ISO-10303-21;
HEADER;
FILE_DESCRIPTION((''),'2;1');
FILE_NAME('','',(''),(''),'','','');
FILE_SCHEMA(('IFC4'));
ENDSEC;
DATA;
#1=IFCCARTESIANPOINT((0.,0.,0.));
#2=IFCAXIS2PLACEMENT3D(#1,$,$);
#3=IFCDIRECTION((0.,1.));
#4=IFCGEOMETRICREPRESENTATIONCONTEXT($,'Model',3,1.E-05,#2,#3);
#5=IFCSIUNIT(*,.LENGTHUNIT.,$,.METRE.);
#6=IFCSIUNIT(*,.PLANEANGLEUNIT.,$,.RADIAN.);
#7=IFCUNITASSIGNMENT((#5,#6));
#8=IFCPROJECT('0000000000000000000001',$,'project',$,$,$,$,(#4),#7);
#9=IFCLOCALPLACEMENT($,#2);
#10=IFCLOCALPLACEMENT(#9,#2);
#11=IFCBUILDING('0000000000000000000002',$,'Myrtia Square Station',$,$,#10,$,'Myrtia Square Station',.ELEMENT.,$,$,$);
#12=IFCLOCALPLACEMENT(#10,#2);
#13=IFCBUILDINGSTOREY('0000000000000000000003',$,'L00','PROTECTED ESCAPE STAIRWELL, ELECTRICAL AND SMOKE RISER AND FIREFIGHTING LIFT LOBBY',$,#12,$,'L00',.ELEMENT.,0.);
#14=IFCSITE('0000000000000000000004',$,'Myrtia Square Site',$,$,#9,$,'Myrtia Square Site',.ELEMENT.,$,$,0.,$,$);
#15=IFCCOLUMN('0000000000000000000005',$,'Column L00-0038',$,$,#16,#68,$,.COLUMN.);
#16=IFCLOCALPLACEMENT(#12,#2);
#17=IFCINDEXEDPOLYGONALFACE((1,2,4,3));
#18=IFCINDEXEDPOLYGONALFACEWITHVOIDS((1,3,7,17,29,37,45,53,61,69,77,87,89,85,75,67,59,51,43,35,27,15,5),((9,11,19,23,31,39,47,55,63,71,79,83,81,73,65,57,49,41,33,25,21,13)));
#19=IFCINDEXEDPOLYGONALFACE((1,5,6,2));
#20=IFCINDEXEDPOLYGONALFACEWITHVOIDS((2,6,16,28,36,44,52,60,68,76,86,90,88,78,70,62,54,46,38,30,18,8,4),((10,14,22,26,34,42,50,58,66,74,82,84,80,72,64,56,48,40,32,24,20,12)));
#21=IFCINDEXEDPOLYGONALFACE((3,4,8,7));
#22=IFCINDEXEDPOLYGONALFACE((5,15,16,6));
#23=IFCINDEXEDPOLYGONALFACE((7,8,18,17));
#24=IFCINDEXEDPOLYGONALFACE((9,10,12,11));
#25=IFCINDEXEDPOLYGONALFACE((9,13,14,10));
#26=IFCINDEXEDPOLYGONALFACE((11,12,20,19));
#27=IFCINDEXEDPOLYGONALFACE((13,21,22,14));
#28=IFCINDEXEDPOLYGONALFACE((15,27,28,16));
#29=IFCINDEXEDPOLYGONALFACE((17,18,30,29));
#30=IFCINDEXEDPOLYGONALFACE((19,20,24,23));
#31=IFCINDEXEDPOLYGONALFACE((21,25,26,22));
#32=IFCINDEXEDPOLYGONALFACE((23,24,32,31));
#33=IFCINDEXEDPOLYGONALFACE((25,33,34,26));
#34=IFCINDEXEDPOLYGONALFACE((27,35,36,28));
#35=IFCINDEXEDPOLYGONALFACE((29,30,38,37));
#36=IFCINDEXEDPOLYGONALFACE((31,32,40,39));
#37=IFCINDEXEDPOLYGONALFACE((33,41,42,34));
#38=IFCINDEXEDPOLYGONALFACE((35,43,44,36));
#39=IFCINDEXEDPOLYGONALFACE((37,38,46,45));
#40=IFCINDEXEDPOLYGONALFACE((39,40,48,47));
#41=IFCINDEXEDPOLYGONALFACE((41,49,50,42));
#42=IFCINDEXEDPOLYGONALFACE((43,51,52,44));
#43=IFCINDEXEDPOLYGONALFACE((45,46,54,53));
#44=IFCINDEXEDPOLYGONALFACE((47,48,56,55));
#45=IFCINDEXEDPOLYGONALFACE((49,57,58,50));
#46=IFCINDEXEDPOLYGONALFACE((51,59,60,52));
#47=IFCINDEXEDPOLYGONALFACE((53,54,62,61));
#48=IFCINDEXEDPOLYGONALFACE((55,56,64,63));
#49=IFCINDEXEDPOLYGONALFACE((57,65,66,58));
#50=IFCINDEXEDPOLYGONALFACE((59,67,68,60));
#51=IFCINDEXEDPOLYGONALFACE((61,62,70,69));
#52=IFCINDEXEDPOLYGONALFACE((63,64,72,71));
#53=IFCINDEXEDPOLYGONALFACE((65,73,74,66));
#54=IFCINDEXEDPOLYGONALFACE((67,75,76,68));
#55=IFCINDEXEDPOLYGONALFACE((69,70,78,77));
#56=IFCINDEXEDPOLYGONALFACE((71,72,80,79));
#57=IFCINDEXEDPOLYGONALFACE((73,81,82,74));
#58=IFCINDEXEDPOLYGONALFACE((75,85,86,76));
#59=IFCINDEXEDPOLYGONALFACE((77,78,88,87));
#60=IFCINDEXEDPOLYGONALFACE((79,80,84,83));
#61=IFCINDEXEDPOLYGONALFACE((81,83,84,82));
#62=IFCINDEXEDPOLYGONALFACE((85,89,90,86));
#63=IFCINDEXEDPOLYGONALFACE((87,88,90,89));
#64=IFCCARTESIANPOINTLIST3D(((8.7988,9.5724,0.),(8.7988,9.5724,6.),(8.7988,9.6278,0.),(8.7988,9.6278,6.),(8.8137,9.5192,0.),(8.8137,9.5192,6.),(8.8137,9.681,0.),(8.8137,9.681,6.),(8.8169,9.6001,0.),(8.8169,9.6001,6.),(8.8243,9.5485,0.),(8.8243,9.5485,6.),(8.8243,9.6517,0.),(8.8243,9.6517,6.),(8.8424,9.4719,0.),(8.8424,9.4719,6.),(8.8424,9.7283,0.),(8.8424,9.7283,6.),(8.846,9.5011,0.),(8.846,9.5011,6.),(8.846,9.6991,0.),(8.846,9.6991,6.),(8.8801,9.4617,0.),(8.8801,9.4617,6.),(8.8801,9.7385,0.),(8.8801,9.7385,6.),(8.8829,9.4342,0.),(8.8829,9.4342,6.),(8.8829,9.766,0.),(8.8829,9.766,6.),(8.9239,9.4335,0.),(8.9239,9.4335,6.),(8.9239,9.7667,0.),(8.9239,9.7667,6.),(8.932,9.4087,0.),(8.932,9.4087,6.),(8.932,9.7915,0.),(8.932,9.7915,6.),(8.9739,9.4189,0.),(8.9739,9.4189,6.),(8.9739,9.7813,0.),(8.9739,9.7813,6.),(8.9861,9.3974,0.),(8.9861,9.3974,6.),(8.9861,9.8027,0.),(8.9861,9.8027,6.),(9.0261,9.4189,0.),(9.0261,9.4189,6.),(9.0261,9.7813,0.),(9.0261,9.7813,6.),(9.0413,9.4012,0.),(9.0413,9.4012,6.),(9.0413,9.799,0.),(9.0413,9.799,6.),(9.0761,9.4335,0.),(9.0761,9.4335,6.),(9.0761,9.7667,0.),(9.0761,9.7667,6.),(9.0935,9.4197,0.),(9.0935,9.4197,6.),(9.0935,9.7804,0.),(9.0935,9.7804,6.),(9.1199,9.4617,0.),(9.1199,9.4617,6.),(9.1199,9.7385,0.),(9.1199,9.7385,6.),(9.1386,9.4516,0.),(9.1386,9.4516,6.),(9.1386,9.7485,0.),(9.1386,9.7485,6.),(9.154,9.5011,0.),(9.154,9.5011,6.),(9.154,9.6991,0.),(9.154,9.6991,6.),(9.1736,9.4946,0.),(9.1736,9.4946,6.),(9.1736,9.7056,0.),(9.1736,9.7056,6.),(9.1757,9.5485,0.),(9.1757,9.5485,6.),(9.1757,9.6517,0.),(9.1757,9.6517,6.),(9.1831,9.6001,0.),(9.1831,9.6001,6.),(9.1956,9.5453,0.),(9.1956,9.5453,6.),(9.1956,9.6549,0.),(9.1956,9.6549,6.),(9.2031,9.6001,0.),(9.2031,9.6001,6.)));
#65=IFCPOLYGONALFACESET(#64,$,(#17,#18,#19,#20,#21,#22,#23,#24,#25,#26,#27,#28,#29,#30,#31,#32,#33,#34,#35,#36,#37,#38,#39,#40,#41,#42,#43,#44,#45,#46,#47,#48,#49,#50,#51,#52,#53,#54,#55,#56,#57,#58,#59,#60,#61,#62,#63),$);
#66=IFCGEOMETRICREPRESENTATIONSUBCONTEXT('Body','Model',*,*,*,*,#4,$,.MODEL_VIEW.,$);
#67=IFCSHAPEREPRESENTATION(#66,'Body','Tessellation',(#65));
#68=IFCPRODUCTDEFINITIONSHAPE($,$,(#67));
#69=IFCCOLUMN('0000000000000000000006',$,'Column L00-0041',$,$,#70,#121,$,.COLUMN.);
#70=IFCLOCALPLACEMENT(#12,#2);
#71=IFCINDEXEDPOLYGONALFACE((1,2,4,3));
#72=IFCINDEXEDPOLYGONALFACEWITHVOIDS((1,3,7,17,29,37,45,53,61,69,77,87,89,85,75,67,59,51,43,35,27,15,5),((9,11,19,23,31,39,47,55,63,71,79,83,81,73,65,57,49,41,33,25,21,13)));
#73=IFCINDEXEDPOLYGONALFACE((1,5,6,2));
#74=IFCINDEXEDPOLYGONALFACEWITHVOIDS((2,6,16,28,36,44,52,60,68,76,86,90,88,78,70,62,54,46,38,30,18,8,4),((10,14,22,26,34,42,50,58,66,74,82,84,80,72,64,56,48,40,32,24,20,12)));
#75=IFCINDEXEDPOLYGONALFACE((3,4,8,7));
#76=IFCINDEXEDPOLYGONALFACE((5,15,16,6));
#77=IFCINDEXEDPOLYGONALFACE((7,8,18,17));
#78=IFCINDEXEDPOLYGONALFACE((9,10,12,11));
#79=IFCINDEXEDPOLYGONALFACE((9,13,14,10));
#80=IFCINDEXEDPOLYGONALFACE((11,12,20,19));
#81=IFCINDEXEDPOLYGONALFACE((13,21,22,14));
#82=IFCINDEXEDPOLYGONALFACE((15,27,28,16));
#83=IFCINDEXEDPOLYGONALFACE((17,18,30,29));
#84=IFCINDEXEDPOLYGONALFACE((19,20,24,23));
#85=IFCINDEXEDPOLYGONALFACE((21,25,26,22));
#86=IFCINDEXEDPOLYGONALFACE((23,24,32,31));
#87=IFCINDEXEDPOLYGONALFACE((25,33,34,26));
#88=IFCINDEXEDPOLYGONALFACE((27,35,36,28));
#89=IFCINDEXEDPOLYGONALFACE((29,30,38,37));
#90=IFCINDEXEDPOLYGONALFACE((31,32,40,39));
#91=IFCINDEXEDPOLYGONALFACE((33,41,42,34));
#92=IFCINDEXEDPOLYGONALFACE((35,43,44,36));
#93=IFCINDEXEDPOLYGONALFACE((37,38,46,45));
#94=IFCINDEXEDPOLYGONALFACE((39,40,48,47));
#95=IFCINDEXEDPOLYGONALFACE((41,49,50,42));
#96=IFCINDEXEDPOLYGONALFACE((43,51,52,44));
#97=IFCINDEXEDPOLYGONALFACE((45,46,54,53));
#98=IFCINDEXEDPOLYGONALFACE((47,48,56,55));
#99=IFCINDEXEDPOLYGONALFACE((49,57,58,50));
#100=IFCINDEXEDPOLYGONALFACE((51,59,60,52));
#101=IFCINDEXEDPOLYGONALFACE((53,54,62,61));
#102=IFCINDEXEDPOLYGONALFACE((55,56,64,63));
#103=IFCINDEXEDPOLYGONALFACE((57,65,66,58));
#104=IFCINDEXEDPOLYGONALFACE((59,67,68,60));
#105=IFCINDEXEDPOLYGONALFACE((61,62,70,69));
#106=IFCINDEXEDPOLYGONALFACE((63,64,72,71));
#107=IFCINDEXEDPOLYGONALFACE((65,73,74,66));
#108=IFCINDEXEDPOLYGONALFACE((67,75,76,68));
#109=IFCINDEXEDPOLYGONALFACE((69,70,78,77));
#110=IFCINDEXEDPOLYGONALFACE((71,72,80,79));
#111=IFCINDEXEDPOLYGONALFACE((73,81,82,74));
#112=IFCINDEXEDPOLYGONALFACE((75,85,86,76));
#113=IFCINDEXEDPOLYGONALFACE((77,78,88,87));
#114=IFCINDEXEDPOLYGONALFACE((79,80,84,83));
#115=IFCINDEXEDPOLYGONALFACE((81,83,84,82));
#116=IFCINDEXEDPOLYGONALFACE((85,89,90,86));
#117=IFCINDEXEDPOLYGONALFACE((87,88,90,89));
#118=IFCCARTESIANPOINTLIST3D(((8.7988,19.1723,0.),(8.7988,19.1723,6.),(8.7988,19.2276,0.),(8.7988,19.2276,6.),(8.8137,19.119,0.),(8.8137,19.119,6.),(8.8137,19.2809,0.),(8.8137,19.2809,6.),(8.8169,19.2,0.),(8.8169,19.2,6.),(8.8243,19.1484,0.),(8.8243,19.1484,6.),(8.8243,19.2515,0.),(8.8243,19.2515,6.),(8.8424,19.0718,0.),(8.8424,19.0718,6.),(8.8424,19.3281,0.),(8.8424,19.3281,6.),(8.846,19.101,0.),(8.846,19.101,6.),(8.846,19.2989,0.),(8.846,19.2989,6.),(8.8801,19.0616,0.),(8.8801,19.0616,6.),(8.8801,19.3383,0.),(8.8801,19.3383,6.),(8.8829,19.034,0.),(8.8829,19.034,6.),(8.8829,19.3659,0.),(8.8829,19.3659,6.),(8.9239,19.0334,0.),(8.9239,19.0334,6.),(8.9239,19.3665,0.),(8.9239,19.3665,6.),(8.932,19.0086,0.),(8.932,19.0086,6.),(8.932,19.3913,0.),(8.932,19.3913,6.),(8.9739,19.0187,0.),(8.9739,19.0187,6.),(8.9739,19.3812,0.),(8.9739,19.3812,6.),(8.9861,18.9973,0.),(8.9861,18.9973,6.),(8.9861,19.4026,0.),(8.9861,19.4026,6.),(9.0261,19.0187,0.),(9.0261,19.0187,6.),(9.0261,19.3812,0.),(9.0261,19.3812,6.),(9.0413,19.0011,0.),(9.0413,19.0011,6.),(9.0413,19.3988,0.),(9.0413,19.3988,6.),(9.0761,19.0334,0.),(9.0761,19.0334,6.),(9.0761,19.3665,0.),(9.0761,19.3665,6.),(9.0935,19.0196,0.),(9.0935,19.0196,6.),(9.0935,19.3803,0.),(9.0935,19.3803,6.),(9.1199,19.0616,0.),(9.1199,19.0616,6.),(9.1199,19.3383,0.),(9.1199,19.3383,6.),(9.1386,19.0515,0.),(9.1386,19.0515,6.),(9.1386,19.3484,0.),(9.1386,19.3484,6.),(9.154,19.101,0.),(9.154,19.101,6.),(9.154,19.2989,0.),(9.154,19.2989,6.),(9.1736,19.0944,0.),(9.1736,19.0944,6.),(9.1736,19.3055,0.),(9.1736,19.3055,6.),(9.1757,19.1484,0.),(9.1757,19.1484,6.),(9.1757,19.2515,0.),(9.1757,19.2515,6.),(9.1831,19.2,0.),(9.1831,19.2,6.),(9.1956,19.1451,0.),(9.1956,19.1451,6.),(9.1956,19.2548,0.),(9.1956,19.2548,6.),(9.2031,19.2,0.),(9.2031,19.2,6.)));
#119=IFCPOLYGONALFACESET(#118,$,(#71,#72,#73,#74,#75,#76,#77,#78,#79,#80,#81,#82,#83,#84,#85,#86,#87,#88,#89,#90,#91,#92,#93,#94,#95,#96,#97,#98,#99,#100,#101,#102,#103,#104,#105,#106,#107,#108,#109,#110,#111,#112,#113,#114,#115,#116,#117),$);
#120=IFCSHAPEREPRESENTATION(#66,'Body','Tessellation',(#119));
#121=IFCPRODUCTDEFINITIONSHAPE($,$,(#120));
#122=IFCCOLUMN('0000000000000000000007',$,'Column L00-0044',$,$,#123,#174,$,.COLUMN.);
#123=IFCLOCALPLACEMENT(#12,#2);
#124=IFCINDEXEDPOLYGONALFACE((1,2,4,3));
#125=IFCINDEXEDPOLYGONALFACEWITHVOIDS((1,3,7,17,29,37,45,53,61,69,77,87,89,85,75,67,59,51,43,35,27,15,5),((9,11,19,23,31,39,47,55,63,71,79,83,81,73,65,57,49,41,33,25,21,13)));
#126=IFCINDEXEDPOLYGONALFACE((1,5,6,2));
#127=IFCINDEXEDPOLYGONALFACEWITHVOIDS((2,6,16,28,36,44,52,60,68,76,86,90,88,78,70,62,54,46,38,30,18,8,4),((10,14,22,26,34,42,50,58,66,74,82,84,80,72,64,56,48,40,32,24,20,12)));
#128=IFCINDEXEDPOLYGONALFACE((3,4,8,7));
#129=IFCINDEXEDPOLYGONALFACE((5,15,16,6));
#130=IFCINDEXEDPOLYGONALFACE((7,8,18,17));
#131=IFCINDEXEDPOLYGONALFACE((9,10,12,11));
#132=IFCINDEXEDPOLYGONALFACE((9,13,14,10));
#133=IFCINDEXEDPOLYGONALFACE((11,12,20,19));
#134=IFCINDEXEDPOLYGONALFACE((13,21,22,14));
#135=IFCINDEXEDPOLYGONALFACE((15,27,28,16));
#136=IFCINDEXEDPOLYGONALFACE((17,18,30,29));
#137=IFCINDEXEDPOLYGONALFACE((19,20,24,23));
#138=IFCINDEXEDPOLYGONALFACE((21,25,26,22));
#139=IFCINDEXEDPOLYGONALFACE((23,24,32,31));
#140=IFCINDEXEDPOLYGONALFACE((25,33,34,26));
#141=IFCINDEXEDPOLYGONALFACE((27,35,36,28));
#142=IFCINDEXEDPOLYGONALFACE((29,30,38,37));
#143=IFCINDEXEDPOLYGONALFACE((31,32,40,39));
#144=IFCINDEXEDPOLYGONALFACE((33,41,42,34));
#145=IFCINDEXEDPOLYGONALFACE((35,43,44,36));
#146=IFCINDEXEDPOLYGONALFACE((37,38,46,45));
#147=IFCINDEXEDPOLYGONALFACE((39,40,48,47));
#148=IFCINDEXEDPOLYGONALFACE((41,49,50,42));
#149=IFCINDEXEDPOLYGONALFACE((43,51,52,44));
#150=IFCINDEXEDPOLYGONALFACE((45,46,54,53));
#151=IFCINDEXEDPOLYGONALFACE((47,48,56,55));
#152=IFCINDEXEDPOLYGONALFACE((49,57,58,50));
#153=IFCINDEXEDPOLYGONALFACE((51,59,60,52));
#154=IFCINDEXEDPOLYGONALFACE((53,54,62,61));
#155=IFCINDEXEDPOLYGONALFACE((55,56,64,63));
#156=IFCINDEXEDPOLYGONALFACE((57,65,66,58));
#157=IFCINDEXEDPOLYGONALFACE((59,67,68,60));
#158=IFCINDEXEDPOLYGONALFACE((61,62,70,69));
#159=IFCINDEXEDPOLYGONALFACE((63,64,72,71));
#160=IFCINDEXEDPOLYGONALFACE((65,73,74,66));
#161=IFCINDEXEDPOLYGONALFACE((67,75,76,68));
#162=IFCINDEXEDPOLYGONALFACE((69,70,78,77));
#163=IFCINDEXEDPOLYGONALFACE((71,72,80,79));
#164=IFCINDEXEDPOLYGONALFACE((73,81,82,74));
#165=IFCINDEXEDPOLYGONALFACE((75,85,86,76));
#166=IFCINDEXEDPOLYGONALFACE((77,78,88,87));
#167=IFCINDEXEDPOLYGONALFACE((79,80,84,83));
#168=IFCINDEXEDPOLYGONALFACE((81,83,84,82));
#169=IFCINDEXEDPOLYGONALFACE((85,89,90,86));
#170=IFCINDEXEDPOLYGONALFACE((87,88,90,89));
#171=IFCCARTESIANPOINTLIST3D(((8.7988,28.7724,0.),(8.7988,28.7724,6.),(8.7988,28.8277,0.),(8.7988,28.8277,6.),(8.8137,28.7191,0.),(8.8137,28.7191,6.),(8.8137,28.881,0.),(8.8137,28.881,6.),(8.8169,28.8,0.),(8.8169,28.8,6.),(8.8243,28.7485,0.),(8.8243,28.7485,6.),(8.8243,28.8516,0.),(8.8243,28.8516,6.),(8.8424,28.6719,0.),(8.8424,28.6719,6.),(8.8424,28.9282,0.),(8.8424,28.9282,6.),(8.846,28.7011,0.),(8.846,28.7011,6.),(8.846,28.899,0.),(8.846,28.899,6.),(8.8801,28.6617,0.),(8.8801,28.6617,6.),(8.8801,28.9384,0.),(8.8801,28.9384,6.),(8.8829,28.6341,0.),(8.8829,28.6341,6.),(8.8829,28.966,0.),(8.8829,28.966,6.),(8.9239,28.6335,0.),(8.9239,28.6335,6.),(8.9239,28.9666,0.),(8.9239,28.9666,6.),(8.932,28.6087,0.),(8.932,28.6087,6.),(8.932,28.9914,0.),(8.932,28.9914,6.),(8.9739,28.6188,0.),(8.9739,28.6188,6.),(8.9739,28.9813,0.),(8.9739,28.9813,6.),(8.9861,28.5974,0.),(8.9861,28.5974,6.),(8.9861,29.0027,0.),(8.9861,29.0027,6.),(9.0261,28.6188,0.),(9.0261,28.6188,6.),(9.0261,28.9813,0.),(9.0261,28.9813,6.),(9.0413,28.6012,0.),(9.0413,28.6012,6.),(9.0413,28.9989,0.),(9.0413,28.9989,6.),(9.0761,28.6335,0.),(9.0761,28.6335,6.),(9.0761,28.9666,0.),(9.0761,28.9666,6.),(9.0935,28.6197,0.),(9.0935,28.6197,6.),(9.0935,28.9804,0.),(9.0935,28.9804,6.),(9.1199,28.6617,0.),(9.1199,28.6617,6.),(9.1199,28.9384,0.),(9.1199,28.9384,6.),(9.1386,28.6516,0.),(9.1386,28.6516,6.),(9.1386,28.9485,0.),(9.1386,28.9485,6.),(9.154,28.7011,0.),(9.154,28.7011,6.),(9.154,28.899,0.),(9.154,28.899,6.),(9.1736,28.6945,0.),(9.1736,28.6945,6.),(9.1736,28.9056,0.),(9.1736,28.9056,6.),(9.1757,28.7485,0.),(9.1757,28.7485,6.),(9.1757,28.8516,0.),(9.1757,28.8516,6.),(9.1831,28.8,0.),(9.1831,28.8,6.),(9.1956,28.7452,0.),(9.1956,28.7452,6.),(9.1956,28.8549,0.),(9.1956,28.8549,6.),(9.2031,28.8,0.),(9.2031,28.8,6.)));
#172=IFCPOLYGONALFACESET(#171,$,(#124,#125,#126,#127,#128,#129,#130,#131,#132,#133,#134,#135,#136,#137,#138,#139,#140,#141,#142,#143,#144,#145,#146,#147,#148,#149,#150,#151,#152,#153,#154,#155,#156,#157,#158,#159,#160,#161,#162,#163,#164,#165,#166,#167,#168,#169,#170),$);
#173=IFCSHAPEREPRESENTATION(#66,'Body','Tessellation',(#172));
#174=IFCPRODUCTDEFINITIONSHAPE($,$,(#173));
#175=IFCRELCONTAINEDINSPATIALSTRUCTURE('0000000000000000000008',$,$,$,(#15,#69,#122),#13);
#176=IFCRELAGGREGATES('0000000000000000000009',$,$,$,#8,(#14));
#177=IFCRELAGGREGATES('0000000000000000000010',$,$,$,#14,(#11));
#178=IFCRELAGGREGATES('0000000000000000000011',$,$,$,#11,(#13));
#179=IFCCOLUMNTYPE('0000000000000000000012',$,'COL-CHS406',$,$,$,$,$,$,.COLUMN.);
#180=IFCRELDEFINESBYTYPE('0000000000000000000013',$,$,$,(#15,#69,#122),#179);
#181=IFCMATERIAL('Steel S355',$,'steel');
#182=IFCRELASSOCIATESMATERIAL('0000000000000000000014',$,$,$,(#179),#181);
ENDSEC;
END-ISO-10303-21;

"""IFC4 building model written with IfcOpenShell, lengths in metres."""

from ifc_helpers import new_model, si_unit, direction, frame, origin, origin_2d, place, context, subcontext, project, spatial, hollow_circle, extrude, material, material_profile, profile_set, type_object, element, save


model = new_model("IFC4")

# Units and contexts
model_context = context("Model", 3, precision=1e-05, world=origin(), true_north=direction((0.0, 1.0)))
body_context = subcontext(model_context, "Body", "Model", "MODEL_VIEW")
ifc_project = project(units=[si_unit("LENGTHUNIT", "METRE"), si_unit("PLANEANGLEUNIT", "RADIAN")], contexts=[model_context])

# Site, building, storey
site_placement = place(None, origin())
site = spatial("IfcSite", under=ifc_project, at=site_placement, Name="Myrtia Square Site", LongName="Myrtia Square Site", CompositionType="ELEMENT", RefElevation=0.0)
building_placement = place(site_placement, origin())
building = spatial("IfcBuilding", under=site, at=building_placement, Name="Myrtia Square Station", LongName="Myrtia Square Station", CompositionType="ELEMENT")
storey_placement = place(building_placement, origin())
storey = spatial("IfcBuildingStorey", under=building, at=storey_placement, Name="L00", Description="PROTECTED ESCAPE STAIRWELL, ELECTRICAL AND SMOKE RISER AND FIREFIGHTING LIFT LOBBY", LongName="L00", CompositionType="ELEMENT", Elevation=0.0)

# Columns
ifc_material_1 = material(Name="Steel S355", Category="steel")
ifc_material_profile_1 = material_profile(ifc_material_1, hollow_circle(Radius=0.2031, WallThickness=0.02, at=origin_2d()), Name="CHS 406.4x20")
ifc_profile_set_1 = profile_set([ifc_material_profile_1], Name="Steel S355")
column_type = type_object("IfcColumnType", Name="COL-CHS406", PredefinedType="COLUMN", material=ifc_profile_set_1)
for number, where, z_axis, x_axis, name in (
    (1, (9.0, 9.6001, 0.0), (0.0, 0.0, 1.0), (1.0, 0.0, 0.0), "Column L00-0038"),
    (2, (9.0, 19.2, 0.0), (0.0, 0.0, 1.0), (1.0, 0.0, 0.0), "Column L00-0041"),
    (3, (9.0, 28.8, 0.0), (0.0, 0.0, 1.0), (1.0, 0.0, 0.0), "Column L00-0044"),
):
    element("IfcColumn", number, at=place(storey_placement, frame(where, z_axis=z_axis, x_axis=x_axis)), inside=storey, type_object=column_type, Name=name, PredefinedType="COLUMN", context=body_context, shape_type="SweptSolid", body=[
        extrude(hollow_circle(Radius=0.2031, WallThickness=0.02, at=origin_2d()), origin(), (0.0, 0.0, 1.0), 6.0),
    ])

save(model, "model.ifc")
